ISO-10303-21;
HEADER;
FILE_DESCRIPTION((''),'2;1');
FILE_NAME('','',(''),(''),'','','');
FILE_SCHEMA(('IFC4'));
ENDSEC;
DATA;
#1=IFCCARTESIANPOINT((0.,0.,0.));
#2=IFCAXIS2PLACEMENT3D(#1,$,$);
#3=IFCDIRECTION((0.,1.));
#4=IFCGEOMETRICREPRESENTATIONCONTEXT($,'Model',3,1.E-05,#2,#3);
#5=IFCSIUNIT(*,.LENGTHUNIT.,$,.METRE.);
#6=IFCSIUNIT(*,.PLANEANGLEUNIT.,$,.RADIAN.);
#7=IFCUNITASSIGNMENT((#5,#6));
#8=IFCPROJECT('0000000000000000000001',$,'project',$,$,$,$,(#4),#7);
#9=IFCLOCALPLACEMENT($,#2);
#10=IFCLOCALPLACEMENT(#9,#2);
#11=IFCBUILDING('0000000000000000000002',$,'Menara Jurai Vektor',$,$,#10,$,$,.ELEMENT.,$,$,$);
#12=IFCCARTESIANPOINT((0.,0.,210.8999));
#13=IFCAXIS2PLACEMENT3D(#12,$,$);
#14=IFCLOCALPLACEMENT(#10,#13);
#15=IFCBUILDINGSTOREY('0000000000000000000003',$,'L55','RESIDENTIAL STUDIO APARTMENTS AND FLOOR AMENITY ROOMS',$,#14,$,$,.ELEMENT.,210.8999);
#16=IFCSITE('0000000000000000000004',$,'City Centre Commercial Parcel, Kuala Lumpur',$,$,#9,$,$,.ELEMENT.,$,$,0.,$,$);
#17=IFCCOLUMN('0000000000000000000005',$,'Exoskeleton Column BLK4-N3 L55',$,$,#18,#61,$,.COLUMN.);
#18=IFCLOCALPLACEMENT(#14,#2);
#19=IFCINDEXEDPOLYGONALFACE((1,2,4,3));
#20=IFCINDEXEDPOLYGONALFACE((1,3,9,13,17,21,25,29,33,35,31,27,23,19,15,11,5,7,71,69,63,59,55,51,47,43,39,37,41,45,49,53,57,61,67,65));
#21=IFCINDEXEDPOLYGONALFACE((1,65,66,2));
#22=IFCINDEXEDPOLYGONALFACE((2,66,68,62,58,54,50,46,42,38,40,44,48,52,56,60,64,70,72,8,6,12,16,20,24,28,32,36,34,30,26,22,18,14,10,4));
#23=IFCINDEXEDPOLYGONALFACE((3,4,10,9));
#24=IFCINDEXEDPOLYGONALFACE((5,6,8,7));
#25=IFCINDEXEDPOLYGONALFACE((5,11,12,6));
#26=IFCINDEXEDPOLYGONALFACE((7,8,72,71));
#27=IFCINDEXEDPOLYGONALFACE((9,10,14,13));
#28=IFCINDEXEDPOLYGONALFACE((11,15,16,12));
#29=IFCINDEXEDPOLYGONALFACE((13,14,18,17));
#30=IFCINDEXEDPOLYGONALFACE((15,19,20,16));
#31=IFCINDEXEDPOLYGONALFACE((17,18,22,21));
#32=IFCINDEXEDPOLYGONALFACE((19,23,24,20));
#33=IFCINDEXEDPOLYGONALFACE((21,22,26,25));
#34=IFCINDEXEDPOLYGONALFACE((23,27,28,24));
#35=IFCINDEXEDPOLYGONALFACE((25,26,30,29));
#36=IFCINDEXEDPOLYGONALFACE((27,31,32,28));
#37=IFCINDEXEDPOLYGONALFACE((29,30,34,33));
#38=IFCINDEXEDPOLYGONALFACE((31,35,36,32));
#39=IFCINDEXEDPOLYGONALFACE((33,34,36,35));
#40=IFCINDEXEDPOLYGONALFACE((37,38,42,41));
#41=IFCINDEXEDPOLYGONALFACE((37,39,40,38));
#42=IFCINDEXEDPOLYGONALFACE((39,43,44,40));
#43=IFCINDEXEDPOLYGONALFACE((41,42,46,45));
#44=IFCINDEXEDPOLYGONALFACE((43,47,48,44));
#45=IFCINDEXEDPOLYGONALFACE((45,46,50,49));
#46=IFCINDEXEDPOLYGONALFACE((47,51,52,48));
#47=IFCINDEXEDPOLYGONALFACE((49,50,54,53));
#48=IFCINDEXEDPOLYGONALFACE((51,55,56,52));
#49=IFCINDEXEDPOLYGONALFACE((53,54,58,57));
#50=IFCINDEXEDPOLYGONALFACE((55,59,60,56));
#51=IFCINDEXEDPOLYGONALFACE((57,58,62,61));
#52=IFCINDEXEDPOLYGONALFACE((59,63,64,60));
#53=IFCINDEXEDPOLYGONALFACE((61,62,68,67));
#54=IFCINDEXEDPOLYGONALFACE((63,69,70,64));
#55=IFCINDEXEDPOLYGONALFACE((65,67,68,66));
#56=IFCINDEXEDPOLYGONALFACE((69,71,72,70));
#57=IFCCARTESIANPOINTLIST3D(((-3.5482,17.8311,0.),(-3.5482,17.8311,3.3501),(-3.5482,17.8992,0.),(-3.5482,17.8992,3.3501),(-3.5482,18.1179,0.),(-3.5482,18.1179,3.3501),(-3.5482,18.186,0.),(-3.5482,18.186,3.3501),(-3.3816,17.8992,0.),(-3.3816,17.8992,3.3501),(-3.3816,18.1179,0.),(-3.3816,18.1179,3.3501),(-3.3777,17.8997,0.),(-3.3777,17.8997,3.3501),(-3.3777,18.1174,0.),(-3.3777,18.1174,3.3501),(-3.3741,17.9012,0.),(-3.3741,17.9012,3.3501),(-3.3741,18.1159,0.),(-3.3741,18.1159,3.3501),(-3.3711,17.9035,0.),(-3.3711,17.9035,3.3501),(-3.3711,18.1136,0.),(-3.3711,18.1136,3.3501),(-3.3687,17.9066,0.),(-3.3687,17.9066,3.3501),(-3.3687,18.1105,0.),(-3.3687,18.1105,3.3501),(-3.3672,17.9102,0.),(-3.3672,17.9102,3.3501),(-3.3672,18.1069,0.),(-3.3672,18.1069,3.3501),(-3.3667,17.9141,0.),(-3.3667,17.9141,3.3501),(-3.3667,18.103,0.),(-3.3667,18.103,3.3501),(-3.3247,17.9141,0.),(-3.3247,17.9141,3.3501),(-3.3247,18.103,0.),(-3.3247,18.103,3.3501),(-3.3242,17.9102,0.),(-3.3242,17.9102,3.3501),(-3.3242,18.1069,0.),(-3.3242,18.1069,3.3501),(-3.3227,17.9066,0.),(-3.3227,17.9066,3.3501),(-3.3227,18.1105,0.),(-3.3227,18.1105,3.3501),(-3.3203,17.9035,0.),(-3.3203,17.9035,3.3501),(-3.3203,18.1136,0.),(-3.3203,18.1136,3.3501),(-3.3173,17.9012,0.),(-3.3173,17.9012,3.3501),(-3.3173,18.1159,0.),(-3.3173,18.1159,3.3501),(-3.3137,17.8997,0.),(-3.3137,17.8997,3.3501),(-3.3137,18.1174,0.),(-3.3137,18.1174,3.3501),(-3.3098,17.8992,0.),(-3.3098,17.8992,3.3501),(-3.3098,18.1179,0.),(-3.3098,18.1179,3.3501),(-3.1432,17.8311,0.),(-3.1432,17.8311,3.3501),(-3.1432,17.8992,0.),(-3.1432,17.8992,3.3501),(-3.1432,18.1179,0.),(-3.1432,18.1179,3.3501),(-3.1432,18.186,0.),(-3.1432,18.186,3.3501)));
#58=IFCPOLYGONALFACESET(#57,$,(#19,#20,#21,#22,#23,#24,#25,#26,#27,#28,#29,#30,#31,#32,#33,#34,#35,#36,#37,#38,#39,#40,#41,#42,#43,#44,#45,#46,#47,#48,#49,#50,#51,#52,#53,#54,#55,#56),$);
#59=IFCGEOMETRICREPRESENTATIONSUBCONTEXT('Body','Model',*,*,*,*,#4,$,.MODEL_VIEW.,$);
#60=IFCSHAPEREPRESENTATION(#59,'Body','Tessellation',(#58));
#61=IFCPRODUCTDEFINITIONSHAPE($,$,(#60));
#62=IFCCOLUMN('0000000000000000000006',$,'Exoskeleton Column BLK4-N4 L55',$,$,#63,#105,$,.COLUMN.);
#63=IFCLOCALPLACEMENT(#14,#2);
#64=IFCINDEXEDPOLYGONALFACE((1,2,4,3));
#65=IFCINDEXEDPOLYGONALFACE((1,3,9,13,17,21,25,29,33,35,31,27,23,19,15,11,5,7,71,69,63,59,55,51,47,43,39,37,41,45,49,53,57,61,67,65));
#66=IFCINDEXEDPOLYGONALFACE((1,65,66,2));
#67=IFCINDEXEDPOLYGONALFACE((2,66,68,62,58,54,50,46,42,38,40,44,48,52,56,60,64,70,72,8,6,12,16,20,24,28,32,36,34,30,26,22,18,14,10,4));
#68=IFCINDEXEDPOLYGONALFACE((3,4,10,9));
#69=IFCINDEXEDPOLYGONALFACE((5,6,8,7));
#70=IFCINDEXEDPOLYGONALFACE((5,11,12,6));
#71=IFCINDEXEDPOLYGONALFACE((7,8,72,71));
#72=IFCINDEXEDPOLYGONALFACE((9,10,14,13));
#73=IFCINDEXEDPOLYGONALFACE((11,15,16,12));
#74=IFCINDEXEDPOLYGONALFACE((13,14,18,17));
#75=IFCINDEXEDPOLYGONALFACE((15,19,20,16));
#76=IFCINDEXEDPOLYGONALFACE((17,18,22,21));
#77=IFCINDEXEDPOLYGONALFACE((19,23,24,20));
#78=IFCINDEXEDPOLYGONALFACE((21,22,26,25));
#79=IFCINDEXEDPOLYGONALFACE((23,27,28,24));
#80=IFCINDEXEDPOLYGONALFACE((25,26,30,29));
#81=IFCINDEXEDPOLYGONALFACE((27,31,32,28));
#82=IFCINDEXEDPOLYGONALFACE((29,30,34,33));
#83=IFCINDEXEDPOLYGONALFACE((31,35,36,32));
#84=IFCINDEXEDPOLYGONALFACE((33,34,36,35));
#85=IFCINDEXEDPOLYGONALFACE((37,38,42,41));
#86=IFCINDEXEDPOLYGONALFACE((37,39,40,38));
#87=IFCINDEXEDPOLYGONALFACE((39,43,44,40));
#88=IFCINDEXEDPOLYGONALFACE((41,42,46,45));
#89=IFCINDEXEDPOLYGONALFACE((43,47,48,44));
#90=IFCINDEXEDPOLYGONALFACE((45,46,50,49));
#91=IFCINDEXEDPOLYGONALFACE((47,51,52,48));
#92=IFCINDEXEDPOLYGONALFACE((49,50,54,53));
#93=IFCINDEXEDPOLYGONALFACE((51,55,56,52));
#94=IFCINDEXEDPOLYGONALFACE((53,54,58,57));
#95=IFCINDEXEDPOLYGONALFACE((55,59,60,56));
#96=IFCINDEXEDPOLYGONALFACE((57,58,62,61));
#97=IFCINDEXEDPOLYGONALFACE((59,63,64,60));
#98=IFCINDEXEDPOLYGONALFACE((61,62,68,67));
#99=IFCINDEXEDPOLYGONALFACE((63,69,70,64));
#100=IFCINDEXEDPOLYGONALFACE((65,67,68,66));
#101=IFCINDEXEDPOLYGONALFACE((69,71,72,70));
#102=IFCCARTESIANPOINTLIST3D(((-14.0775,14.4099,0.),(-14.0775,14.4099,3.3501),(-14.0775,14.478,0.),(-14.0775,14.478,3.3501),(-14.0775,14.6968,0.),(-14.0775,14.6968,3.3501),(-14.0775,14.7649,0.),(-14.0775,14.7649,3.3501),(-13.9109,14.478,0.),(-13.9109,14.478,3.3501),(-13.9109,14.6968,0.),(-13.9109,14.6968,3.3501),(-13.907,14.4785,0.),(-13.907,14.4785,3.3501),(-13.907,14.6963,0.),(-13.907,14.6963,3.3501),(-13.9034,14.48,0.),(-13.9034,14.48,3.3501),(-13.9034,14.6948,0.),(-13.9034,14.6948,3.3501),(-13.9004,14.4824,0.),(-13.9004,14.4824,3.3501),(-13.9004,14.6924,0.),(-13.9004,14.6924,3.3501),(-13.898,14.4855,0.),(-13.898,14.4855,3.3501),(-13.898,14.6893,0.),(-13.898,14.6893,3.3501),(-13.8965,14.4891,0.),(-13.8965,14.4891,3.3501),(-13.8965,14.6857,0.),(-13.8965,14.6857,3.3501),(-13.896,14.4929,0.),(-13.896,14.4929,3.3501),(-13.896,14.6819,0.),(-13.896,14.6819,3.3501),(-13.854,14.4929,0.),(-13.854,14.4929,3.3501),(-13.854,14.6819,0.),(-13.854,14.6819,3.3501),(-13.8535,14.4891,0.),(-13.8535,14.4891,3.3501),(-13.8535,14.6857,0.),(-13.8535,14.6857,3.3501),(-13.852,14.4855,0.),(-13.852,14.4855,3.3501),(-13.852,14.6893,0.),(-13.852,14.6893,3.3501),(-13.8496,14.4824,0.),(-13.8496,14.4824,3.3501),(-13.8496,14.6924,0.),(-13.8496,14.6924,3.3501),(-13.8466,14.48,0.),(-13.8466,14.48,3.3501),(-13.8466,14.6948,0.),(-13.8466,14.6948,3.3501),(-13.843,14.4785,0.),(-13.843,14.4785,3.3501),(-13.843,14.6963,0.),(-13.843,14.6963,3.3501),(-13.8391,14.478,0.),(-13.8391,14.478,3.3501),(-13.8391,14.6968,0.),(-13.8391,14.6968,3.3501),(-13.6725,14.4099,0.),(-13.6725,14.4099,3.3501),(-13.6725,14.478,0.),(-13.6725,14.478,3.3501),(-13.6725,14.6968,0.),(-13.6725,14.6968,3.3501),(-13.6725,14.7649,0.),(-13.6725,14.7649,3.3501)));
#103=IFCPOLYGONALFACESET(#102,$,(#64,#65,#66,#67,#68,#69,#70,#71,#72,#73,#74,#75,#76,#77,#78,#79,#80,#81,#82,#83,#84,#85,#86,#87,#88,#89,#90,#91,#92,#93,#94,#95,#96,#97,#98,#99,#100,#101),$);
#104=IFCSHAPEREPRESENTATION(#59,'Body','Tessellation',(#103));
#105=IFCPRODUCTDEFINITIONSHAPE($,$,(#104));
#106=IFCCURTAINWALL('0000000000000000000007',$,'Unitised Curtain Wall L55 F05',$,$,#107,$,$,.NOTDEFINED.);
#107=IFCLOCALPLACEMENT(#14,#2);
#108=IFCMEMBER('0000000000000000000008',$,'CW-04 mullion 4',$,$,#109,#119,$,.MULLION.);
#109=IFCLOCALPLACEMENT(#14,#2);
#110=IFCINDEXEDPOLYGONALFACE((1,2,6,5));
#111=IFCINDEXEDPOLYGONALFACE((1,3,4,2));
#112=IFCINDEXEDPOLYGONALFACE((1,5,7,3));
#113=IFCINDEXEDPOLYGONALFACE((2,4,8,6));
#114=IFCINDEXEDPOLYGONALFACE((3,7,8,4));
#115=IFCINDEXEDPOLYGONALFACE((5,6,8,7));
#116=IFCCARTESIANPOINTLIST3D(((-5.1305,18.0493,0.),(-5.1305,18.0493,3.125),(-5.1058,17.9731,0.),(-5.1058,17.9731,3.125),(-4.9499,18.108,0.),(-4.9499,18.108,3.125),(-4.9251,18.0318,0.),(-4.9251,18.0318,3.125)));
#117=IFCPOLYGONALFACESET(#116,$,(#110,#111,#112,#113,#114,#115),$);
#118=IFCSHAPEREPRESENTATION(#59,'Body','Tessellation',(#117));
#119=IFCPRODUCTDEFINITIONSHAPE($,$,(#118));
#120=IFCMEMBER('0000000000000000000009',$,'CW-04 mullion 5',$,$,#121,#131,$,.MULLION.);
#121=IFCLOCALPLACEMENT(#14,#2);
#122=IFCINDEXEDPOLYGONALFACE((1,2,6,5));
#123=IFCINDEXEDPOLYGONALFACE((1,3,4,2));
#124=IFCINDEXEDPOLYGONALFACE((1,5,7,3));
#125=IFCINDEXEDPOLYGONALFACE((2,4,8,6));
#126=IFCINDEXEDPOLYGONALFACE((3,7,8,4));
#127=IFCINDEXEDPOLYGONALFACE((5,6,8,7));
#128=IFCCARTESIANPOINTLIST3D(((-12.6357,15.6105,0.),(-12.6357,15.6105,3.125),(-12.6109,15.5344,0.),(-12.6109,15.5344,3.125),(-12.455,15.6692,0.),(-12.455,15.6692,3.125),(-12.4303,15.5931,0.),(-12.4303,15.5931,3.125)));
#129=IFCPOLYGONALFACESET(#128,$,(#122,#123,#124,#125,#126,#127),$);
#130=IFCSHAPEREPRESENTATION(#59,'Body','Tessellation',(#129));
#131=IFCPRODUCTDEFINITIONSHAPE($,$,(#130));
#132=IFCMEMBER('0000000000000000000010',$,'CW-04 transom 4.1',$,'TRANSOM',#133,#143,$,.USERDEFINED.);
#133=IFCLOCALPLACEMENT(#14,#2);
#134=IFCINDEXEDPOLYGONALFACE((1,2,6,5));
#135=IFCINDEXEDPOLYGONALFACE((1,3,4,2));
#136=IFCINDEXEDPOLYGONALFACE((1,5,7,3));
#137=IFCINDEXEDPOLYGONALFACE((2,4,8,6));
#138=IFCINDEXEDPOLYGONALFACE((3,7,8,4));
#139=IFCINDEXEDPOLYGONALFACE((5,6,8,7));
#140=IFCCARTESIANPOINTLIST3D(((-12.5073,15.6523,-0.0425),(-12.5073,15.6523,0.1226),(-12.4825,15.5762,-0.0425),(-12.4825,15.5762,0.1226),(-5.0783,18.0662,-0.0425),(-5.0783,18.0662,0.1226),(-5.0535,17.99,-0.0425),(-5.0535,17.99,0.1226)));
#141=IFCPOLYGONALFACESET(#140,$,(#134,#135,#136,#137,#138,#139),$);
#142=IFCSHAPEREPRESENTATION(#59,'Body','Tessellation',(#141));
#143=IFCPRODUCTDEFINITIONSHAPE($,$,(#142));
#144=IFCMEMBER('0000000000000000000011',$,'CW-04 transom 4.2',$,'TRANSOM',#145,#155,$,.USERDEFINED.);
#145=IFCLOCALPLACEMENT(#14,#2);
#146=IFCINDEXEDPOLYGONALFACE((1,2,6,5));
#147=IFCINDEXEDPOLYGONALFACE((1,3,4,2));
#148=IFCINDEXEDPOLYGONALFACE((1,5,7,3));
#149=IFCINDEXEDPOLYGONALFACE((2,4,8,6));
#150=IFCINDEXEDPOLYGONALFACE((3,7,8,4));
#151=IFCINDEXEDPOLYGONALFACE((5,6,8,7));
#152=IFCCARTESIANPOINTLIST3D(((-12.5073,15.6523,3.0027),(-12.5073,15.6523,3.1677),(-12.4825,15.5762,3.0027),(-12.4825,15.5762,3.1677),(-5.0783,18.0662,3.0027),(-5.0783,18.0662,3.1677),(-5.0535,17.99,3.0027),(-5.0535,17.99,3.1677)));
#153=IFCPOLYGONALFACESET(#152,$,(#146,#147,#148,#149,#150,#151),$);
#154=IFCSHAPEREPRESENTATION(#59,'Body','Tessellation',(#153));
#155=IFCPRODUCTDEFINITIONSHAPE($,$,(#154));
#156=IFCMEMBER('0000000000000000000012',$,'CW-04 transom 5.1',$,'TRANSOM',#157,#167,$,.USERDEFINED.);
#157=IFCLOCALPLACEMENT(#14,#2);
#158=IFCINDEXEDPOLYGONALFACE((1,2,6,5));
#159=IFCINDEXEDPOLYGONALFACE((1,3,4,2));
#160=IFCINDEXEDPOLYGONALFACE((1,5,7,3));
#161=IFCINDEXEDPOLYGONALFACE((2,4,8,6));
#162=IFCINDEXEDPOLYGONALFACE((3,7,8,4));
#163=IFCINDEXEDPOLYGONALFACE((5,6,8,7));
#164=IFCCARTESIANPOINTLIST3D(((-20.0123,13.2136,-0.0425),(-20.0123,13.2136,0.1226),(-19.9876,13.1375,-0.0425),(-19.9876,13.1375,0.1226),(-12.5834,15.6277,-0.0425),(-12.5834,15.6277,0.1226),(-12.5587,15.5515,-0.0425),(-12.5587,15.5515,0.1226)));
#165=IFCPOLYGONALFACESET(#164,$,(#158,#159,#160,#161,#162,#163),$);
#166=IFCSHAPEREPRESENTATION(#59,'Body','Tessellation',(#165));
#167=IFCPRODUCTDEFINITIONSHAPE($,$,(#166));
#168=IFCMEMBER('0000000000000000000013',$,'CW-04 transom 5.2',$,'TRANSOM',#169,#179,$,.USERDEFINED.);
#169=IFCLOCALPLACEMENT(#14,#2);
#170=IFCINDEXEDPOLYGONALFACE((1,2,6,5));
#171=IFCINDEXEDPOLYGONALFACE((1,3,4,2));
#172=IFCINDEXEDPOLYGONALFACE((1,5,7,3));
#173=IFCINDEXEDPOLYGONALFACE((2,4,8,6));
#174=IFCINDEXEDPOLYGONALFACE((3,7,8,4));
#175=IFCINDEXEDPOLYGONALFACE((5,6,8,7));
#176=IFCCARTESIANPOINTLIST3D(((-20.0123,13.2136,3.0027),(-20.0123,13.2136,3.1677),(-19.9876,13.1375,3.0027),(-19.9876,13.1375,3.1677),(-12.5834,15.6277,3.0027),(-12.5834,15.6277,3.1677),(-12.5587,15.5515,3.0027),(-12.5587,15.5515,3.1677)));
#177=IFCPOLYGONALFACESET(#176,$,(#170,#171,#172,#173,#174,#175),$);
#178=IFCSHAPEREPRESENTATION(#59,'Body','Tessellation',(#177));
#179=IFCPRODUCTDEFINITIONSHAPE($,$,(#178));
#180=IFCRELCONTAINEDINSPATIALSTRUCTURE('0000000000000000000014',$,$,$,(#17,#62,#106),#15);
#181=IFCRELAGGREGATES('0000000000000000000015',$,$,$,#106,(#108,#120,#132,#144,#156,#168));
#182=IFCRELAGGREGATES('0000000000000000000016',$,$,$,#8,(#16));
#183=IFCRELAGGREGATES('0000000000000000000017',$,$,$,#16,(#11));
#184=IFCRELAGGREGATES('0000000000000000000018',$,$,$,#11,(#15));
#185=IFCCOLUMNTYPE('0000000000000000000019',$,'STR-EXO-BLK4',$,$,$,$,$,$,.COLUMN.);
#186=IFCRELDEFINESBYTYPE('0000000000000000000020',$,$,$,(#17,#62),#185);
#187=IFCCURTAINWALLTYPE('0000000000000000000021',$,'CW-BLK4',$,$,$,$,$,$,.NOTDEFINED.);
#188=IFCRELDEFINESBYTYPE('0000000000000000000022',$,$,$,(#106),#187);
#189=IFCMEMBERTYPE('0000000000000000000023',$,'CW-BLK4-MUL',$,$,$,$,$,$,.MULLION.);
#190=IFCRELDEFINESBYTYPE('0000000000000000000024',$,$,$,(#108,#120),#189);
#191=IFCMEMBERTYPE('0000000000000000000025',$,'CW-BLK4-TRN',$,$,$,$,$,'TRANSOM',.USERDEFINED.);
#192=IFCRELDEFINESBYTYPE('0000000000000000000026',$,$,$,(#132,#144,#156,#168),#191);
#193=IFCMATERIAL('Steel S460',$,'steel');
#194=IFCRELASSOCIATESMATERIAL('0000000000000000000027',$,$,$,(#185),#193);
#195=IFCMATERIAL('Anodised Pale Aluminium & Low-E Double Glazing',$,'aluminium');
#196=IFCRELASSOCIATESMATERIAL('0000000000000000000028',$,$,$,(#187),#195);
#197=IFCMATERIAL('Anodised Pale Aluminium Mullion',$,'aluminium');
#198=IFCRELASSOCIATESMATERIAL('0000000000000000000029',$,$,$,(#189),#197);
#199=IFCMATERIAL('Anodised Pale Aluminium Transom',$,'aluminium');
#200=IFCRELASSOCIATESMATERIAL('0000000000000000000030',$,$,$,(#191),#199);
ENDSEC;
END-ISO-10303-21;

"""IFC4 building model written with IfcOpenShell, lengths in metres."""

from ifc_helpers import new_model, si_unit, direction, frame, origin, origin_2d, place, context, subcontext, project, spatial, rectangle, i_section, extrude, material, material_profile, profile_set, type_object, element, aggregate, save


model = new_model("IFC4")

# Units and contexts
model_context = context("Model", 3, precision=1e-05, world=origin(), true_north=direction((0.0, 1.0)))
body_context = subcontext(model_context, "Body", "Model", "MODEL_VIEW")
ifc_project = project(units=[si_unit("LENGTHUNIT", "METRE"), si_unit("PLANEANGLEUNIT", "RADIAN")], contexts=[model_context])

# Site, building, storey
site_placement = place(None, origin())
site = spatial("IfcSite", under=ifc_project, at=site_placement, Name="City Centre Commercial Parcel, Kuala Lumpur", CompositionType="ELEMENT", RefElevation=0.0)
building_placement = place(site_placement, origin())
building = spatial("IfcBuilding", under=site, at=building_placement, Name="Menara Jurai Vektor", CompositionType="ELEMENT")
storey_placement = place(building_placement, frame((0.0, 0.0, 210.8999)))
storey = spatial("IfcBuildingStorey", under=building, at=storey_placement, Name="L55", Description="RESIDENTIAL STUDIO APARTMENTS AND FLOOR AMENITY ROOMS", CompositionType="ELEMENT", Elevation=210.8999)

# Columns
ifc_material_1 = material(Name="Steel S460", Category="steel")
ifc_material_profile_1 = material_profile(ifc_material_1, i_section(OverallWidth=0.405, OverallDepth=0.355, WebThickness=0.042, FlangeThickness=0.0681, FilletRadius=0.0149, at=origin_2d()), Name="HD 400x551")
ifc_profile_set_1 = profile_set([ifc_material_profile_1], Name="Steel S460")
column_type = type_object("IfcColumnType", Name="STR-EXO-BLK4", PredefinedType="COLUMN", material=ifc_profile_set_1)
for number, where, z_axis, x_axis, name in (
    (1, (-3.3457, 18.0085, 0.0), (0.0, 0.0, 1.0), (1.0, 0.0, 0.0), "Exoskeleton Column BLK4-N3 L55"),
    (2, (-13.875, 14.5874, 0.0), (0.0, 0.0, 1.0), (1.0, 0.0, 0.0), "Exoskeleton Column BLK4-N4 L55"),
):
    element("IfcColumn", number, at=place(storey_placement, frame(where, z_axis=z_axis, x_axis=x_axis)), inside=storey, type_object=column_type, Name=name, PredefinedType="COLUMN", context=body_context, shape_type="SweptSolid", body=[
        extrude(i_section(OverallWidth=0.405, OverallDepth=0.355, WebThickness=0.042, FlangeThickness=0.0681, FilletRadius=0.0149, at=origin_2d()), origin(), (0.0, 0.0, 1.0), 3.3501),
    ])

# Curtain wall, members
ifc_material_2 = material(Name="Anodised Pale Aluminium & Low-E Double Glazing", Category="aluminium")
curtain_wall_type = type_object("IfcCurtainWallType", Name="CW-BLK4", PredefinedType="NOTDEFINED", material=ifc_material_2)
curtain_wall_placement = place(storey_placement, origin())
curtain_wall = element("IfcCurtainWall", 3, at=curtain_wall_placement, inside=storey, type_object=curtain_wall_type, Name="Unitised Curtain Wall L55 F05", PredefinedType="NOTDEFINED")
ifc_material_3 = material(Name="Anodised Pale Aluminium Mullion", Category="aluminium")
ifc_material_profile_2 = material_profile(ifc_material_3, rectangle(XDim=0.0801, YDim=0.1899, at=origin_2d()), Name="ALU MUL 80x190")
ifc_profile_set_2 = profile_set([ifc_material_profile_2], Name="Anodised Pale Aluminium Mullion")
member_type_1 = type_object("IfcMemberType", Name="CW-BLK4-MUL", PredefinedType="MULLION", material=ifc_profile_set_2)
member_1_placement = place(storey_placement, frame((-5.0278, 18.0405, 0.0), z_axis=(0.0, 0.0, 1.0), x_axis=(0.309017, -0.951056, 0.0)))
member_1 = element("IfcMember", 4, at=member_1_placement, type_object=member_type_1, Name="CW-04 mullion 4", PredefinedType="MULLION", context=body_context, shape_type="SweptSolid", body=[
    extrude(rectangle(XDim=0.0801, YDim=0.1899, at=origin_2d()), origin(), (0.0, 0.0, 1.0), 3.125),
])
member_2_placement = place(storey_placement, frame((-12.533, 15.6018, 0.0), z_axis=(0.0, 0.0, 1.0), x_axis=(0.309017, -0.951056, 0.0)))
member_2 = element("IfcMember", 5, at=member_2_placement, type_object=member_type_1, Name="CW-04 mullion 5", PredefinedType="MULLION", context=body_context, shape_type="SweptSolid", body=[
    extrude(rectangle(XDim=0.0801, YDim=0.1899, at=origin_2d()), origin(), (0.0, 0.0, 1.0), 3.125),
])
ifc_material_4 = material(Name="Anodised Pale Aluminium Transom", Category="aluminium")
ifc_material_profile_3 = material_profile(ifc_material_4, rectangle(XDim=0.0801, YDim=0.165, at=origin_2d()), Name="ALU TRN 80x165")
ifc_profile_set_3 = profile_set([ifc_material_profile_3], Name="Anodised Pale Aluminium Transom")
member_type_2 = type_object("IfcMemberType", Name="CW-BLK4-TRN", ElementType="TRANSOM", PredefinedType="USERDEFINED", material=ifc_profile_set_3)
member_3_placement = place(storey_placement, frame((-5.0659, 18.0281, 0.04), z_axis=(-0.951056, -0.309018, 0.0), x_axis=(0.309018, -0.951056, 0.0)))
member_3 = element("IfcMember", 6, at=member_3_placement, type_object=member_type_2, Name="CW-04 transom 4.1", ObjectType="TRANSOM", PredefinedType="USERDEFINED", context=body_context, shape_type="SweptSolid", body=[
    extrude(rectangle(XDim=0.0801, YDim=0.165, at=origin_2d()), origin(), (0.0, 0.0, 1.0), 7.8113),
])
member_4_placement = place(storey_placement, frame((-5.0659, 18.0281, 3.0852), z_axis=(-0.951056, -0.309018, 0.0), x_axis=(0.309018, -0.951056, 0.0)))
member_4 = element("IfcMember", 7, at=member_4_placement, type_object=member_type_2, Name="CW-04 transom 4.2", ObjectType="TRANSOM", PredefinedType="USERDEFINED", context=body_context, shape_type="SweptSolid", body=[
    extrude(rectangle(XDim=0.0801, YDim=0.165, at=origin_2d()), origin(), (0.0, 0.0, 1.0), 7.8113),
])
member_5_placement = place(storey_placement, frame((-12.571, 15.5896, 0.04), z_axis=(-0.951047, -0.309046, 0.0), x_axis=(0.309046, -0.951047, 0.0)))
member_5 = element("IfcMember", 8, at=member_5_placement, type_object=member_type_2, Name="CW-04 transom 5.1", ObjectType="TRANSOM", PredefinedType="USERDEFINED", context=body_context, shape_type="SweptSolid", body=[
    extrude(rectangle(XDim=0.0801, YDim=0.165, at=origin_2d()), origin(), (0.0, 0.0, 1.0), 7.8113),
])
member_6_placement = place(storey_placement, frame((-12.571, 15.5896, 3.0852), z_axis=(-0.951047, -0.309046, 0.0), x_axis=(0.309046, -0.951047, 0.0)))
member_6 = element("IfcMember", 9, at=member_6_placement, type_object=member_type_2, Name="CW-04 transom 5.2", ObjectType="TRANSOM", PredefinedType="USERDEFINED", context=body_context, shape_type="SweptSolid", body=[
    extrude(rectangle(XDim=0.0801, YDim=0.165, at=origin_2d()), origin(), (0.0, 0.0, 1.0), 7.8113),
])

aggregate(curtain_wall, [member_1, member_2, member_3, member_4, member_5, member_6])

save(model, "model.ifc")
